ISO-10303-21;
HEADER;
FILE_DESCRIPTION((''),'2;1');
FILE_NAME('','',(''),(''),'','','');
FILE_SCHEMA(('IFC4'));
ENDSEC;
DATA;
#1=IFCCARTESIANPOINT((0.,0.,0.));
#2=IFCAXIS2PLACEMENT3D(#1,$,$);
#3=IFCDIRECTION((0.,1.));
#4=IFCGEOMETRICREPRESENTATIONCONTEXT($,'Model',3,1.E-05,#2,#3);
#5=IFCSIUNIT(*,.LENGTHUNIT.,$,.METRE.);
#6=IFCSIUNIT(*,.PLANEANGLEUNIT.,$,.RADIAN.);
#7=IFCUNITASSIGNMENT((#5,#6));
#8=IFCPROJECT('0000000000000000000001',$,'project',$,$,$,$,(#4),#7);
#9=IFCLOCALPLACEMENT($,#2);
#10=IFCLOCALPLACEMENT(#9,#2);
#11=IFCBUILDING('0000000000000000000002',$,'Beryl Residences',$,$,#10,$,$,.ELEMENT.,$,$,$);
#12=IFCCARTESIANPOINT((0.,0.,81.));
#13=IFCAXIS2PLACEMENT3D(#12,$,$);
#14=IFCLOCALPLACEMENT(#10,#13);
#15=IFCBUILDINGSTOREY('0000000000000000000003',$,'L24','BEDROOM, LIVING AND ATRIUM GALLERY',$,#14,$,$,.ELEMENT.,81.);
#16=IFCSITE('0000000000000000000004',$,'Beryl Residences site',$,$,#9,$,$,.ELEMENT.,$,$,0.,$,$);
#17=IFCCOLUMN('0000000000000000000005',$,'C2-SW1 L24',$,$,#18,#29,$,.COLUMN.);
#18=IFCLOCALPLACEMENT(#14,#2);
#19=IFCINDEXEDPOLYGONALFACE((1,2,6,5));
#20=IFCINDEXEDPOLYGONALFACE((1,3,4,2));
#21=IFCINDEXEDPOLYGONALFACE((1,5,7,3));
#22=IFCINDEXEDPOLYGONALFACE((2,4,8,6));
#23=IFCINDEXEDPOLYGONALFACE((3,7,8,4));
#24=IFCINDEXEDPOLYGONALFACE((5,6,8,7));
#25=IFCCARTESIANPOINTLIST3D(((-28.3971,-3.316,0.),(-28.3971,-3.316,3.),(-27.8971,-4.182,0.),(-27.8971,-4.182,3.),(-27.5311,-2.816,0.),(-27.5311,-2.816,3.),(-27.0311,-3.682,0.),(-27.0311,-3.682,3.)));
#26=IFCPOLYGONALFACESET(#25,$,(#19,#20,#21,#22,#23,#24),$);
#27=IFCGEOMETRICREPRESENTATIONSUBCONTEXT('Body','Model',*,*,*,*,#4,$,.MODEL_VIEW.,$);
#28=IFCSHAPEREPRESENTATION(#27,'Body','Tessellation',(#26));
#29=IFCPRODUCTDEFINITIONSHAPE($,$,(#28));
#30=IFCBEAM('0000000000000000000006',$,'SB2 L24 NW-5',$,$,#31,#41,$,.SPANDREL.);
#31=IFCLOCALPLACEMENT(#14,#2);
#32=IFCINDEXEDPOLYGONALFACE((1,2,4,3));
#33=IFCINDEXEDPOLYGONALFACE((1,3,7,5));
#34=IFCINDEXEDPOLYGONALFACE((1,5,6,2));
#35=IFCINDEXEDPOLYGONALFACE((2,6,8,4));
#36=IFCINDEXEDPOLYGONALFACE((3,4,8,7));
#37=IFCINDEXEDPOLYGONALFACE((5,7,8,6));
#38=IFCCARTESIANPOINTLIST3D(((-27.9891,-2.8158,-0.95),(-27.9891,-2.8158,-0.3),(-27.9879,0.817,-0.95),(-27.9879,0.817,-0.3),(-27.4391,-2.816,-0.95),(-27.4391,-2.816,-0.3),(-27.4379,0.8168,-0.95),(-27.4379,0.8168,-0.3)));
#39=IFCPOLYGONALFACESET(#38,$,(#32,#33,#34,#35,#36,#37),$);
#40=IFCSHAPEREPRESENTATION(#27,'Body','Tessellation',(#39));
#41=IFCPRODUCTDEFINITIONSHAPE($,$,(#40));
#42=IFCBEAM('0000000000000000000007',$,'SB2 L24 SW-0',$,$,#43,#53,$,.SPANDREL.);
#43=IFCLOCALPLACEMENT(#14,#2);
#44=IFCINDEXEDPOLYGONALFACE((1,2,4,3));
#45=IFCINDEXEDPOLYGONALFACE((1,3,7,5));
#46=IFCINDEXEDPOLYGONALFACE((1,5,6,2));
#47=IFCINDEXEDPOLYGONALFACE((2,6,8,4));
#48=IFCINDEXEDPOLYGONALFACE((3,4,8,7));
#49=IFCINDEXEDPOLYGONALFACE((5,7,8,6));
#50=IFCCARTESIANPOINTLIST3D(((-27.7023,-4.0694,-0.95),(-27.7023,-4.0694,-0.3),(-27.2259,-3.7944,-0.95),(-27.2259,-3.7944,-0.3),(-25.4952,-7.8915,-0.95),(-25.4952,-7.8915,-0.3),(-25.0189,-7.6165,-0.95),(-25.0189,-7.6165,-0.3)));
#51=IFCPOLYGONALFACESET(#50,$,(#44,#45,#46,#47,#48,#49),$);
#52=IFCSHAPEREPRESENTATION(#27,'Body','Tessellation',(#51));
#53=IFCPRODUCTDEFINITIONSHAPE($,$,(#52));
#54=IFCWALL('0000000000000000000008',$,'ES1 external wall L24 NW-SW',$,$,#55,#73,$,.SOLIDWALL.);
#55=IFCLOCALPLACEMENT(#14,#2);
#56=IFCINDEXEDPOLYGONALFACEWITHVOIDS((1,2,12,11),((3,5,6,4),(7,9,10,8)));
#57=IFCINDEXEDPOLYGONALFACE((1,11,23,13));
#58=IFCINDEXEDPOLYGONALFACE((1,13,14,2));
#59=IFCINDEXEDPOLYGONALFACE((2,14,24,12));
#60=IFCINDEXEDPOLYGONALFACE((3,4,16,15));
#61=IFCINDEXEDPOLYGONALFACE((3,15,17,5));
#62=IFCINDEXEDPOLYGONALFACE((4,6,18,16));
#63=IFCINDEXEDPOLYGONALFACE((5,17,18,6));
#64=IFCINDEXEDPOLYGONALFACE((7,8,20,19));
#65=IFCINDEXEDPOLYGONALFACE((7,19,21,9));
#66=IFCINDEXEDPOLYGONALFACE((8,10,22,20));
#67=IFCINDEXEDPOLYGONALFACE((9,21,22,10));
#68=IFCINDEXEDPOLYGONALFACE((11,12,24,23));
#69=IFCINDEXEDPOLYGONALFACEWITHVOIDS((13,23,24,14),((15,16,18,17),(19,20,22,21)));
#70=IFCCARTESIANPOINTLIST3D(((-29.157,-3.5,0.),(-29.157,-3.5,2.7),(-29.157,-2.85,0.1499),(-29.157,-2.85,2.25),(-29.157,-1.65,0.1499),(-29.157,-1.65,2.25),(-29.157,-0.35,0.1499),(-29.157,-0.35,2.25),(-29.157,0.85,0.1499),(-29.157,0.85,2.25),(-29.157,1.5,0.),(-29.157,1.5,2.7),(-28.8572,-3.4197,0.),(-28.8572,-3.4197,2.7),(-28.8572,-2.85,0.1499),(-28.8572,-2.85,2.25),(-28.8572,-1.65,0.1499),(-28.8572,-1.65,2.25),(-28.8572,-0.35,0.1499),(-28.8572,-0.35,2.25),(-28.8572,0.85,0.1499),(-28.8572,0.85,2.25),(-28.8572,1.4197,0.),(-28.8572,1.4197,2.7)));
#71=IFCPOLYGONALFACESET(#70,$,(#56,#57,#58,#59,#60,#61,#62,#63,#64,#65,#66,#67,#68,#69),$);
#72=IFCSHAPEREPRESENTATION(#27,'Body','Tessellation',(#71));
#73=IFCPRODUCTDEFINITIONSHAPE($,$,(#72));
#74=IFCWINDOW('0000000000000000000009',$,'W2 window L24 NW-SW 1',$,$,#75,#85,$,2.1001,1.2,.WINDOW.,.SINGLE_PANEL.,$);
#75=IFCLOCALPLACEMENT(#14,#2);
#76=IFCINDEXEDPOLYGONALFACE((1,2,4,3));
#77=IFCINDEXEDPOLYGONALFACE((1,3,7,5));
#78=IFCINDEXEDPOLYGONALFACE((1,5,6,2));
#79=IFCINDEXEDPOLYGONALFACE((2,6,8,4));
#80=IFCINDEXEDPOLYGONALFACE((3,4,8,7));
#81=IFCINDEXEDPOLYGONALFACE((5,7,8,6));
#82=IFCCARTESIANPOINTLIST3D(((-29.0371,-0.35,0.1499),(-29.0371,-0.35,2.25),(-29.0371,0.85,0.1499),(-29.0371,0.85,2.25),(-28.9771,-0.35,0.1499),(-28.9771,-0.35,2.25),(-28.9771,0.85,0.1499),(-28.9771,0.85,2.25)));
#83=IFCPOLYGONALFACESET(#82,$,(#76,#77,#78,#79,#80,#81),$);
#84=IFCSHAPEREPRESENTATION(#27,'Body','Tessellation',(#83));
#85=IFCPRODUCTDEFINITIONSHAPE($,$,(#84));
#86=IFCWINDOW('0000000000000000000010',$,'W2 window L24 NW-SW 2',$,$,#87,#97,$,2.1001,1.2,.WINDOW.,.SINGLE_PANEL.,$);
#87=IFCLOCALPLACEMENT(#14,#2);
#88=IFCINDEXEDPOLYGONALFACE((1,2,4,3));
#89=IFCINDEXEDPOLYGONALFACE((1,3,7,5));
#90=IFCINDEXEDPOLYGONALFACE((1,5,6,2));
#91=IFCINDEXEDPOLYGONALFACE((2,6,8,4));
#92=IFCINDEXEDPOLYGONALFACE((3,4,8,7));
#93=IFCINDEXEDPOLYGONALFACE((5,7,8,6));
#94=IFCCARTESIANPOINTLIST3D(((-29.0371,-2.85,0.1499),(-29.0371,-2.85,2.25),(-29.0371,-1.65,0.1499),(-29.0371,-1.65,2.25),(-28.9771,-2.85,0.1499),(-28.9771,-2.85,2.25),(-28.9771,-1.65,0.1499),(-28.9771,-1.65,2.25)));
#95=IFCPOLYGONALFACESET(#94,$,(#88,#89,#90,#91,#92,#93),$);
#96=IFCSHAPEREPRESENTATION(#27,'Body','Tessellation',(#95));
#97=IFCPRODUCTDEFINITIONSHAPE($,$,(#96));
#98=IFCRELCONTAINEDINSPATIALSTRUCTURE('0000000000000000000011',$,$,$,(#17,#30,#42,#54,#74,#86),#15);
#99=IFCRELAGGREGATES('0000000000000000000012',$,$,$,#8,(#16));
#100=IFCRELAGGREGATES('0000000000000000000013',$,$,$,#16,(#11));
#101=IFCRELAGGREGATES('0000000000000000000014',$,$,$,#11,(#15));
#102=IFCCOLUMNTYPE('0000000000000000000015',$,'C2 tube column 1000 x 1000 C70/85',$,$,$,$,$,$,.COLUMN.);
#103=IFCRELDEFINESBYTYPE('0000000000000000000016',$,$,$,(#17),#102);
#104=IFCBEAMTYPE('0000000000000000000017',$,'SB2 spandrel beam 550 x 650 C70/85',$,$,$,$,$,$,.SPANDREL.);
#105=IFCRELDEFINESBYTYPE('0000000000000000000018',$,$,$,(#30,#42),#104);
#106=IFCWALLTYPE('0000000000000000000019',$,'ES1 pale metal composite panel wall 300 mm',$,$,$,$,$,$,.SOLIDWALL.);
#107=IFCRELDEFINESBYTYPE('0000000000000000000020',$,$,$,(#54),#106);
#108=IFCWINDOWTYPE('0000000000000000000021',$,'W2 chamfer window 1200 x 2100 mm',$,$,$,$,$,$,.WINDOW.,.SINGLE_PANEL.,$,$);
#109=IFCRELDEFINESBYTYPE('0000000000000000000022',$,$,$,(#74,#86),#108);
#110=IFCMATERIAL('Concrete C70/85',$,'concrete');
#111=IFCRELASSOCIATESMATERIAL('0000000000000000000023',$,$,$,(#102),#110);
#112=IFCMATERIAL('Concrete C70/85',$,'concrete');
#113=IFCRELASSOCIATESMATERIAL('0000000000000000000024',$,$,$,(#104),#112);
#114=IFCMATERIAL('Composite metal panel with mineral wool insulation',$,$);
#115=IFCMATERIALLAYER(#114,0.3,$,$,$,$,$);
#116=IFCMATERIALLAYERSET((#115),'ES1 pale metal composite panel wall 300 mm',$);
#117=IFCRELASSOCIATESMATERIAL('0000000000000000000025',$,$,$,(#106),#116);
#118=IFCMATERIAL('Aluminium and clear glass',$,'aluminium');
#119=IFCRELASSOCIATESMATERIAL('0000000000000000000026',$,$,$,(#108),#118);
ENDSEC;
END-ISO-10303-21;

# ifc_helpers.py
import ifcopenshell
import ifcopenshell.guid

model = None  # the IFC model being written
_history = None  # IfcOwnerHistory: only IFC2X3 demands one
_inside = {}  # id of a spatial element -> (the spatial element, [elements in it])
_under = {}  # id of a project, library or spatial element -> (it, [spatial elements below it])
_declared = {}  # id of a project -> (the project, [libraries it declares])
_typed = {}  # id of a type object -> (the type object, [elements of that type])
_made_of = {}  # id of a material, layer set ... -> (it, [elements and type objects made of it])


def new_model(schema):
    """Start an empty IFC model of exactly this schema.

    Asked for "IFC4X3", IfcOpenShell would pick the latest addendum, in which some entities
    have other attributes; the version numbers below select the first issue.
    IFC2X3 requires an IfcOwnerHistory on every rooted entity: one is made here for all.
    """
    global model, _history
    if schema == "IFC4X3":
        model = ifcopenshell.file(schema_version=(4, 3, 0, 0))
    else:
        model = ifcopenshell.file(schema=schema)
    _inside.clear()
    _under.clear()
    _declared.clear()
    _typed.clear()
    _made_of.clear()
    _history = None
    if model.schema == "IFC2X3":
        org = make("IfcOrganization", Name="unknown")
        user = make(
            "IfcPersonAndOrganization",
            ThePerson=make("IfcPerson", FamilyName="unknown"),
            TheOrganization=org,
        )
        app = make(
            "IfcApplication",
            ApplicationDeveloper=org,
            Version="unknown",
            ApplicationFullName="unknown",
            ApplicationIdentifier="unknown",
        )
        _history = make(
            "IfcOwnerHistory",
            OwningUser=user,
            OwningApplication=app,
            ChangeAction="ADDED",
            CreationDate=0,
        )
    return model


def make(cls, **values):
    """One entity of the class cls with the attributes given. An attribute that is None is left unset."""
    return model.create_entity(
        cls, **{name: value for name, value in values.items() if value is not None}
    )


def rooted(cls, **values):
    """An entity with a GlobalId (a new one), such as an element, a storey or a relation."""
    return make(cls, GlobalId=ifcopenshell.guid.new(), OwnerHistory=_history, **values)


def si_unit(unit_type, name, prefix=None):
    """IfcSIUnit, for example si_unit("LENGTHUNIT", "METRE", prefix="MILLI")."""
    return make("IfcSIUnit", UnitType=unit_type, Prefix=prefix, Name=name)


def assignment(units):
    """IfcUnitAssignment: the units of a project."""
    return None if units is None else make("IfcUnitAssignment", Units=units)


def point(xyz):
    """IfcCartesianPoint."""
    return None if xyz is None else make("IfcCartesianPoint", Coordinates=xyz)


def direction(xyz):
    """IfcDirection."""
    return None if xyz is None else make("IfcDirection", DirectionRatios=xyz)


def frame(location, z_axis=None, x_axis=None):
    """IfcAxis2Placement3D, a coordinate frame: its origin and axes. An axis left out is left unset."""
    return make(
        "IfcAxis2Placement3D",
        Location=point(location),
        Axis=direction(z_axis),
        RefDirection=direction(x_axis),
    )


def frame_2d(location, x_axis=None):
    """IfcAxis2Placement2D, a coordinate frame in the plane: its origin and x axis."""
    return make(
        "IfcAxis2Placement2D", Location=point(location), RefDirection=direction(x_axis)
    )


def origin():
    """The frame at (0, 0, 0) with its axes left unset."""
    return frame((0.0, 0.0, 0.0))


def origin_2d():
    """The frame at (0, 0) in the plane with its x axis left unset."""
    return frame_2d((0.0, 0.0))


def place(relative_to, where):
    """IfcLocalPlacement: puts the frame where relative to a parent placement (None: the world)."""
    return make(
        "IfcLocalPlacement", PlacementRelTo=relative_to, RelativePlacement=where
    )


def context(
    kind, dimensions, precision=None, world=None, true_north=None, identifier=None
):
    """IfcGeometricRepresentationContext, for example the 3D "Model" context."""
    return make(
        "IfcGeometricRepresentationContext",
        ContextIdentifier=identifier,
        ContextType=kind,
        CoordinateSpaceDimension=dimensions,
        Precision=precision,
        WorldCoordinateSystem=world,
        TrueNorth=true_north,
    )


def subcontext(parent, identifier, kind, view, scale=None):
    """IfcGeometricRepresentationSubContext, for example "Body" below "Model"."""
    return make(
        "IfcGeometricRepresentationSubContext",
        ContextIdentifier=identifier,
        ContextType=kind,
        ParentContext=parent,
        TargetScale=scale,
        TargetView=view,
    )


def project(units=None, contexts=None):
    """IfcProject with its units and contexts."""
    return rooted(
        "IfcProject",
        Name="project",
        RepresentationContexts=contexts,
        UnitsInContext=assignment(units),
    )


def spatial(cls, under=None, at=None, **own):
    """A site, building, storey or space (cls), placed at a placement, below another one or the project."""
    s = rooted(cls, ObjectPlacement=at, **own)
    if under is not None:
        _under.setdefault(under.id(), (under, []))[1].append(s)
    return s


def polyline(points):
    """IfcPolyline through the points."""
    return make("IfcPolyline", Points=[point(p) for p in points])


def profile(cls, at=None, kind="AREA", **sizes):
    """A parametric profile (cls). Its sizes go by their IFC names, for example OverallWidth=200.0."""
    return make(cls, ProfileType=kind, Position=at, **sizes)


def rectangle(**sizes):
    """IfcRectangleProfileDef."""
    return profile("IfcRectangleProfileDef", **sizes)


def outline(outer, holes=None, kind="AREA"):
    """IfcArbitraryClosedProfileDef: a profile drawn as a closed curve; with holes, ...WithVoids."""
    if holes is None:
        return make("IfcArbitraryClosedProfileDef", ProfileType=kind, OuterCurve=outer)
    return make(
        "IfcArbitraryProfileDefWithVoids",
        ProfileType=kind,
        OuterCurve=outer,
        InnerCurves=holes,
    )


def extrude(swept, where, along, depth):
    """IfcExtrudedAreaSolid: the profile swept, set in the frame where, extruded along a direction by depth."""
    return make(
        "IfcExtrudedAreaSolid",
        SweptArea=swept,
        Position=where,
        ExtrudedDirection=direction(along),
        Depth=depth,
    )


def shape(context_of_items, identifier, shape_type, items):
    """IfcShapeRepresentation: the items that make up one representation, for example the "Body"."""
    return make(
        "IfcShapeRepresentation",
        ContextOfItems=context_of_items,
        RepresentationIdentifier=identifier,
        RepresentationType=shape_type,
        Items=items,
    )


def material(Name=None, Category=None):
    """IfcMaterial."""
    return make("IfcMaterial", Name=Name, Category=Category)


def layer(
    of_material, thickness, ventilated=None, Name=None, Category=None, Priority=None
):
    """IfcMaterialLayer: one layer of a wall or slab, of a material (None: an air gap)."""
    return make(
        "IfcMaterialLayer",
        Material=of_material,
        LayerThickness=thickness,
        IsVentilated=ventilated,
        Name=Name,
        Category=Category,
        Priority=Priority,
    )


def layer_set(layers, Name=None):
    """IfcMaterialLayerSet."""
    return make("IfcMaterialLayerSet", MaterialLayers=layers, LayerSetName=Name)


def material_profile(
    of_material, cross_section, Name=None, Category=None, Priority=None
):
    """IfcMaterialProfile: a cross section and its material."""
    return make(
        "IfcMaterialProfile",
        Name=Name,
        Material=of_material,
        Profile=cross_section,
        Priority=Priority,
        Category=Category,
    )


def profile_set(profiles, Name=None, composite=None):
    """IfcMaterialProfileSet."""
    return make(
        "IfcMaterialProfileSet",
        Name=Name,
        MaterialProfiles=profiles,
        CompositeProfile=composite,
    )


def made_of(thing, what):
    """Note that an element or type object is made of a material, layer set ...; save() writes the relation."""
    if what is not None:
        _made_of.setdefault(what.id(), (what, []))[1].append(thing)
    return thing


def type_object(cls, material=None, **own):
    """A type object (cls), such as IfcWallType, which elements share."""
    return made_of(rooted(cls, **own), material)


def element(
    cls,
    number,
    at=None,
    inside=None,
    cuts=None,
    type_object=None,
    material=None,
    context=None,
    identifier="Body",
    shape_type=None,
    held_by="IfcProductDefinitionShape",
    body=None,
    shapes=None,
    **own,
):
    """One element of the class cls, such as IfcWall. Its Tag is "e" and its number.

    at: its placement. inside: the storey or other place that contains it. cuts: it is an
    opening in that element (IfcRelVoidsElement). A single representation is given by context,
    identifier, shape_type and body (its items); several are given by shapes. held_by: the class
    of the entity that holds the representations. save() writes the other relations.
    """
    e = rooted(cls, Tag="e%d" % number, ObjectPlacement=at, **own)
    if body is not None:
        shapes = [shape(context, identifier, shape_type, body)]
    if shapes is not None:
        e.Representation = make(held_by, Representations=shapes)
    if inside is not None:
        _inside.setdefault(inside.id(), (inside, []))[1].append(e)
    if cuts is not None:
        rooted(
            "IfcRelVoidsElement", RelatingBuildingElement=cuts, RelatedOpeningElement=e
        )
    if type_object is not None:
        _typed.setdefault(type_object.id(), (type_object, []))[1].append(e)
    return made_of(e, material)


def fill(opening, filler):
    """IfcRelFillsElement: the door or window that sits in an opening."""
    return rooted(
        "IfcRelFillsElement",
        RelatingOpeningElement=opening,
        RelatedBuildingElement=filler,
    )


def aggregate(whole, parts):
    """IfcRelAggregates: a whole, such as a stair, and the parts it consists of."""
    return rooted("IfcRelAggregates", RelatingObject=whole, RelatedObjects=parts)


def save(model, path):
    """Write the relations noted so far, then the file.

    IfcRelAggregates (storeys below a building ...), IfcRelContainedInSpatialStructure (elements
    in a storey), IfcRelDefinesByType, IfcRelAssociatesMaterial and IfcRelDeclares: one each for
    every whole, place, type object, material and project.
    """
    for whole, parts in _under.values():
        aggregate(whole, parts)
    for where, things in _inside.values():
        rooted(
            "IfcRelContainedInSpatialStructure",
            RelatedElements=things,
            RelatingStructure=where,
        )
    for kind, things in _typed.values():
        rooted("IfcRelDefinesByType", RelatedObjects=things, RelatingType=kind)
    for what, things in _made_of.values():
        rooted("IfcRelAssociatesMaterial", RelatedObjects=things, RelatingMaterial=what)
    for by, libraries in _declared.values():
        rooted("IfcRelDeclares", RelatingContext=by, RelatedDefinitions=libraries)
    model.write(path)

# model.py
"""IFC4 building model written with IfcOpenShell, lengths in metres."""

from ifc_helpers import new_model, si_unit, direction, frame, frame_2d, origin, origin_2d, place, context, subcontext, project, spatial, polyline, rectangle, outline, extrude, material, layer, layer_set, material_profile, profile_set, type_object, element, fill, save


model = new_model("IFC4")

# Units and contexts
model_context = context("Model", 3, precision=1e-05, world=origin(), true_north=direction((0.0, 1.0)))
body_context = subcontext(model_context, "Body", "Model", "MODEL_VIEW")
ifc_project = project(units=[si_unit("LENGTHUNIT", "METRE"), si_unit("PLANEANGLEUNIT", "RADIAN")], contexts=[model_context])

# Site, building, storey
site_placement = place(None, origin())
site = spatial("IfcSite", under=ifc_project, at=site_placement, Name="Beryl Residences site", CompositionType="ELEMENT", RefElevation=0.0)
building_placement = place(site_placement, origin())
building = spatial("IfcBuilding", under=site, at=building_placement, Name="Beryl Residences", CompositionType="ELEMENT")
storey_placement = place(building_placement, frame((0.0, 0.0, 81.0)))
storey = spatial("IfcBuildingStorey", under=building, at=storey_placement, Name="L24", Description="BEDROOM, LIVING AND ATRIUM GALLERY", CompositionType="ELEMENT", Elevation=81.0)

# Column
ifc_material_1 = material(Name="Concrete C70/85", Category="concrete")
ifc_material_profile_1 = material_profile(ifc_material_1, rectangle(XDim=1.0, YDim=1.0, at=origin_2d()))
ifc_profile_set_1 = profile_set([ifc_material_profile_1], Name="Concrete C70/85")
column_type = type_object("IfcColumnType", Name="C2 tube column 1000 x 1000 C70/85", PredefinedType="COLUMN", material=ifc_profile_set_1)
column_placement = place(storey_placement, frame((-27.7141, -3.499, 0.0), z_axis=(0.0, 0.0, 1.0), x_axis=(0.5, -0.866025, 0.0)))
element("IfcColumn", 1, at=column_placement, inside=storey, type_object=column_type, Name="C2-SW1 L24", PredefinedType="COLUMN", context=body_context, shape_type="SweptSolid", body=[
    extrude(rectangle(XDim=1.0, YDim=1.0, at=origin_2d()), origin(), (0.0, 0.0, 1.0), 3.0),
])

# Beams
ifc_material_2 = material(Name="Concrete C70/85", Category="concrete")
ifc_material_profile_2 = material_profile(ifc_material_2, rectangle(XDim=0.55, YDim=0.6499, at=origin_2d()))
ifc_profile_set_2 = profile_set([ifc_material_profile_2], Name="Concrete C70/85")
beam_type = type_object("IfcBeamType", Name="SB2 spandrel beam 550 x 650 C70/85", PredefinedType="SPANDREL", material=ifc_profile_set_2)
beam_1_placement = place(storey_placement, frame((-27.7129, 0.8169, -0.625), z_axis=(-0.000336, -1.0, 0.0), x_axis=(1.0, -0.000336, 0.0)))
element("IfcBeam", 2, at=beam_1_placement, inside=storey, type_object=beam_type, Name="SB2 L24 NW-5", PredefinedType="SPANDREL", context=body_context, shape_type="SweptSolid", body=[
    extrude(rectangle(XDim=0.55, YDim=0.6499, at=origin_2d()), origin(), (0.0, 0.0, 1.0), 3.6328),
])
beam_2_placement = place(storey_placement, frame((-27.4641, -3.9319, -0.625), z_axis=(0.500066, -0.865988, 0.0), x_axis=(0.865988, 0.500066, 0.0)))
element("IfcBeam", 3, at=beam_2_placement, inside=storey, type_object=beam_type, Name="SB2 L24 SW-0", PredefinedType="SPANDREL", context=body_context, shape_type="SweptSolid", body=[
    extrude(rectangle(XDim=0.55, YDim=0.6499, at=origin_2d()), origin(), (0.0, 0.0, 1.0), 4.4136),
])

# Wall, openings, windows
ifc_material_3 = material(Name="Composite metal panel with mineral wool insulation")
ifc_layer_1 = layer(ifc_material_3, 0.3)
ifc_layer_set_1 = layer_set([ifc_layer_1], Name="ES1 pale metal composite panel wall 300 mm")
wall_type_1 = type_object("IfcWallType", Name="ES1 pale metal composite panel wall 300 mm", PredefinedType="SOLIDWALL", material=ifc_layer_set_1)
wall_1_placement = place(storey_placement, frame((-29.0071, 1.5, 0.0), z_axis=(0.0, 0.0, 1.0), x_axis=(0.0, -1.0, 0.0)))
wall_1 = element("IfcWall", 4, at=wall_1_placement, inside=storey, type_object=wall_type_1, Name="ES1 external wall L24 NW-SW", PredefinedType="SOLIDWALL", context=body_context, shape_type="SweptSolid", body=[
    extrude(outline(polyline([(0.0, -0.1499), (5.0, -0.1499), (4.9197, 0.1499), (0.0803, 0.1499), (0.0, -0.1499)])), origin(), (0.0, 0.0, 1.0), 2.7),
])
opening_1_placement = place(wall_1_placement, frame((0.6499, 0.0, 0.1499)))
opening_1 = element("IfcOpeningElement", 5, at=opening_1_placement, cuts=wall_1, PredefinedType="OPENING", context=body_context, shape_type="SweptSolid", body=[
    extrude(rectangle(XDim=1.2, YDim=2.1001, at=frame_2d((0.6001, 1.05))), frame((0.0, 0.1599, 0.0), z_axis=(0.0, -1.0, 0.0), x_axis=(1.0, 0.0, 0.0)), (0.0, 0.0, 1.0), 0.3201),
])
opening_2_placement = place(wall_1_placement, frame((3.1499, 0.0, 0.1499)))
opening_2 = element("IfcOpeningElement", 6, at=opening_2_placement, cuts=wall_1, PredefinedType="OPENING", context=body_context, shape_type="SweptSolid", body=[
    extrude(rectangle(XDim=1.2, YDim=2.1001, at=frame_2d((0.6001, 1.05))), frame((0.0, 0.1599, 0.0), z_axis=(0.0, -1.0, 0.0), x_axis=(1.0, 0.0, 0.0)), (0.0, 0.0, 1.0), 0.3201),
])
ifc_material_4 = material(Name="Aluminium and clear glass", Category="aluminium")
window_type_1 = type_object("IfcWindowType", Name="W2 chamfer window 1200 x 2100 mm", PartitioningType="SINGLE_PANEL", PredefinedType="WINDOW", material=ifc_material_4)
window_1_placement = place(opening_1_placement, origin())
window_1 = element("IfcWindow", 7, at=window_1_placement, inside=storey, type_object=window_type_1, Name="W2 window L24 NW-SW 1", OverallHeight=2.1001, OverallWidth=1.2, PartitioningType="SINGLE_PANEL", PredefinedType="WINDOW", context=body_context, shape_type="SweptSolid", body=[
    extrude(rectangle(XDim=1.2, YDim=2.1001, at=frame_2d((0.6001, 1.05))), frame((0.0, 0.03, 0.0), z_axis=(0.0, -1.0, 0.0), x_axis=(1.0, 0.0, 0.0)), (0.0, 0.0, 1.0), 0.0601),
])
fill(opening_1, window_1)
window_2_placement = place(opening_2_placement, origin())
window_2 = element("IfcWindow", 8, at=window_2_placement, inside=storey, type_object=window_type_1, Name="W2 window L24 NW-SW 2", OverallHeight=2.1001, OverallWidth=1.2, PartitioningType="SINGLE_PANEL", PredefinedType="WINDOW", context=body_context, shape_type="SweptSolid", body=[
    extrude(rectangle(XDim=1.2, YDim=2.1001, at=frame_2d((0.6001, 1.05))), frame((0.0, 0.03, 0.0), z_axis=(0.0, -1.0, 0.0), x_axis=(1.0, 0.0, 0.0)), (0.0, 0.0, 1.0), 0.0601),
])
fill(opening_2, window_2)

save(model, "model.ifc")
